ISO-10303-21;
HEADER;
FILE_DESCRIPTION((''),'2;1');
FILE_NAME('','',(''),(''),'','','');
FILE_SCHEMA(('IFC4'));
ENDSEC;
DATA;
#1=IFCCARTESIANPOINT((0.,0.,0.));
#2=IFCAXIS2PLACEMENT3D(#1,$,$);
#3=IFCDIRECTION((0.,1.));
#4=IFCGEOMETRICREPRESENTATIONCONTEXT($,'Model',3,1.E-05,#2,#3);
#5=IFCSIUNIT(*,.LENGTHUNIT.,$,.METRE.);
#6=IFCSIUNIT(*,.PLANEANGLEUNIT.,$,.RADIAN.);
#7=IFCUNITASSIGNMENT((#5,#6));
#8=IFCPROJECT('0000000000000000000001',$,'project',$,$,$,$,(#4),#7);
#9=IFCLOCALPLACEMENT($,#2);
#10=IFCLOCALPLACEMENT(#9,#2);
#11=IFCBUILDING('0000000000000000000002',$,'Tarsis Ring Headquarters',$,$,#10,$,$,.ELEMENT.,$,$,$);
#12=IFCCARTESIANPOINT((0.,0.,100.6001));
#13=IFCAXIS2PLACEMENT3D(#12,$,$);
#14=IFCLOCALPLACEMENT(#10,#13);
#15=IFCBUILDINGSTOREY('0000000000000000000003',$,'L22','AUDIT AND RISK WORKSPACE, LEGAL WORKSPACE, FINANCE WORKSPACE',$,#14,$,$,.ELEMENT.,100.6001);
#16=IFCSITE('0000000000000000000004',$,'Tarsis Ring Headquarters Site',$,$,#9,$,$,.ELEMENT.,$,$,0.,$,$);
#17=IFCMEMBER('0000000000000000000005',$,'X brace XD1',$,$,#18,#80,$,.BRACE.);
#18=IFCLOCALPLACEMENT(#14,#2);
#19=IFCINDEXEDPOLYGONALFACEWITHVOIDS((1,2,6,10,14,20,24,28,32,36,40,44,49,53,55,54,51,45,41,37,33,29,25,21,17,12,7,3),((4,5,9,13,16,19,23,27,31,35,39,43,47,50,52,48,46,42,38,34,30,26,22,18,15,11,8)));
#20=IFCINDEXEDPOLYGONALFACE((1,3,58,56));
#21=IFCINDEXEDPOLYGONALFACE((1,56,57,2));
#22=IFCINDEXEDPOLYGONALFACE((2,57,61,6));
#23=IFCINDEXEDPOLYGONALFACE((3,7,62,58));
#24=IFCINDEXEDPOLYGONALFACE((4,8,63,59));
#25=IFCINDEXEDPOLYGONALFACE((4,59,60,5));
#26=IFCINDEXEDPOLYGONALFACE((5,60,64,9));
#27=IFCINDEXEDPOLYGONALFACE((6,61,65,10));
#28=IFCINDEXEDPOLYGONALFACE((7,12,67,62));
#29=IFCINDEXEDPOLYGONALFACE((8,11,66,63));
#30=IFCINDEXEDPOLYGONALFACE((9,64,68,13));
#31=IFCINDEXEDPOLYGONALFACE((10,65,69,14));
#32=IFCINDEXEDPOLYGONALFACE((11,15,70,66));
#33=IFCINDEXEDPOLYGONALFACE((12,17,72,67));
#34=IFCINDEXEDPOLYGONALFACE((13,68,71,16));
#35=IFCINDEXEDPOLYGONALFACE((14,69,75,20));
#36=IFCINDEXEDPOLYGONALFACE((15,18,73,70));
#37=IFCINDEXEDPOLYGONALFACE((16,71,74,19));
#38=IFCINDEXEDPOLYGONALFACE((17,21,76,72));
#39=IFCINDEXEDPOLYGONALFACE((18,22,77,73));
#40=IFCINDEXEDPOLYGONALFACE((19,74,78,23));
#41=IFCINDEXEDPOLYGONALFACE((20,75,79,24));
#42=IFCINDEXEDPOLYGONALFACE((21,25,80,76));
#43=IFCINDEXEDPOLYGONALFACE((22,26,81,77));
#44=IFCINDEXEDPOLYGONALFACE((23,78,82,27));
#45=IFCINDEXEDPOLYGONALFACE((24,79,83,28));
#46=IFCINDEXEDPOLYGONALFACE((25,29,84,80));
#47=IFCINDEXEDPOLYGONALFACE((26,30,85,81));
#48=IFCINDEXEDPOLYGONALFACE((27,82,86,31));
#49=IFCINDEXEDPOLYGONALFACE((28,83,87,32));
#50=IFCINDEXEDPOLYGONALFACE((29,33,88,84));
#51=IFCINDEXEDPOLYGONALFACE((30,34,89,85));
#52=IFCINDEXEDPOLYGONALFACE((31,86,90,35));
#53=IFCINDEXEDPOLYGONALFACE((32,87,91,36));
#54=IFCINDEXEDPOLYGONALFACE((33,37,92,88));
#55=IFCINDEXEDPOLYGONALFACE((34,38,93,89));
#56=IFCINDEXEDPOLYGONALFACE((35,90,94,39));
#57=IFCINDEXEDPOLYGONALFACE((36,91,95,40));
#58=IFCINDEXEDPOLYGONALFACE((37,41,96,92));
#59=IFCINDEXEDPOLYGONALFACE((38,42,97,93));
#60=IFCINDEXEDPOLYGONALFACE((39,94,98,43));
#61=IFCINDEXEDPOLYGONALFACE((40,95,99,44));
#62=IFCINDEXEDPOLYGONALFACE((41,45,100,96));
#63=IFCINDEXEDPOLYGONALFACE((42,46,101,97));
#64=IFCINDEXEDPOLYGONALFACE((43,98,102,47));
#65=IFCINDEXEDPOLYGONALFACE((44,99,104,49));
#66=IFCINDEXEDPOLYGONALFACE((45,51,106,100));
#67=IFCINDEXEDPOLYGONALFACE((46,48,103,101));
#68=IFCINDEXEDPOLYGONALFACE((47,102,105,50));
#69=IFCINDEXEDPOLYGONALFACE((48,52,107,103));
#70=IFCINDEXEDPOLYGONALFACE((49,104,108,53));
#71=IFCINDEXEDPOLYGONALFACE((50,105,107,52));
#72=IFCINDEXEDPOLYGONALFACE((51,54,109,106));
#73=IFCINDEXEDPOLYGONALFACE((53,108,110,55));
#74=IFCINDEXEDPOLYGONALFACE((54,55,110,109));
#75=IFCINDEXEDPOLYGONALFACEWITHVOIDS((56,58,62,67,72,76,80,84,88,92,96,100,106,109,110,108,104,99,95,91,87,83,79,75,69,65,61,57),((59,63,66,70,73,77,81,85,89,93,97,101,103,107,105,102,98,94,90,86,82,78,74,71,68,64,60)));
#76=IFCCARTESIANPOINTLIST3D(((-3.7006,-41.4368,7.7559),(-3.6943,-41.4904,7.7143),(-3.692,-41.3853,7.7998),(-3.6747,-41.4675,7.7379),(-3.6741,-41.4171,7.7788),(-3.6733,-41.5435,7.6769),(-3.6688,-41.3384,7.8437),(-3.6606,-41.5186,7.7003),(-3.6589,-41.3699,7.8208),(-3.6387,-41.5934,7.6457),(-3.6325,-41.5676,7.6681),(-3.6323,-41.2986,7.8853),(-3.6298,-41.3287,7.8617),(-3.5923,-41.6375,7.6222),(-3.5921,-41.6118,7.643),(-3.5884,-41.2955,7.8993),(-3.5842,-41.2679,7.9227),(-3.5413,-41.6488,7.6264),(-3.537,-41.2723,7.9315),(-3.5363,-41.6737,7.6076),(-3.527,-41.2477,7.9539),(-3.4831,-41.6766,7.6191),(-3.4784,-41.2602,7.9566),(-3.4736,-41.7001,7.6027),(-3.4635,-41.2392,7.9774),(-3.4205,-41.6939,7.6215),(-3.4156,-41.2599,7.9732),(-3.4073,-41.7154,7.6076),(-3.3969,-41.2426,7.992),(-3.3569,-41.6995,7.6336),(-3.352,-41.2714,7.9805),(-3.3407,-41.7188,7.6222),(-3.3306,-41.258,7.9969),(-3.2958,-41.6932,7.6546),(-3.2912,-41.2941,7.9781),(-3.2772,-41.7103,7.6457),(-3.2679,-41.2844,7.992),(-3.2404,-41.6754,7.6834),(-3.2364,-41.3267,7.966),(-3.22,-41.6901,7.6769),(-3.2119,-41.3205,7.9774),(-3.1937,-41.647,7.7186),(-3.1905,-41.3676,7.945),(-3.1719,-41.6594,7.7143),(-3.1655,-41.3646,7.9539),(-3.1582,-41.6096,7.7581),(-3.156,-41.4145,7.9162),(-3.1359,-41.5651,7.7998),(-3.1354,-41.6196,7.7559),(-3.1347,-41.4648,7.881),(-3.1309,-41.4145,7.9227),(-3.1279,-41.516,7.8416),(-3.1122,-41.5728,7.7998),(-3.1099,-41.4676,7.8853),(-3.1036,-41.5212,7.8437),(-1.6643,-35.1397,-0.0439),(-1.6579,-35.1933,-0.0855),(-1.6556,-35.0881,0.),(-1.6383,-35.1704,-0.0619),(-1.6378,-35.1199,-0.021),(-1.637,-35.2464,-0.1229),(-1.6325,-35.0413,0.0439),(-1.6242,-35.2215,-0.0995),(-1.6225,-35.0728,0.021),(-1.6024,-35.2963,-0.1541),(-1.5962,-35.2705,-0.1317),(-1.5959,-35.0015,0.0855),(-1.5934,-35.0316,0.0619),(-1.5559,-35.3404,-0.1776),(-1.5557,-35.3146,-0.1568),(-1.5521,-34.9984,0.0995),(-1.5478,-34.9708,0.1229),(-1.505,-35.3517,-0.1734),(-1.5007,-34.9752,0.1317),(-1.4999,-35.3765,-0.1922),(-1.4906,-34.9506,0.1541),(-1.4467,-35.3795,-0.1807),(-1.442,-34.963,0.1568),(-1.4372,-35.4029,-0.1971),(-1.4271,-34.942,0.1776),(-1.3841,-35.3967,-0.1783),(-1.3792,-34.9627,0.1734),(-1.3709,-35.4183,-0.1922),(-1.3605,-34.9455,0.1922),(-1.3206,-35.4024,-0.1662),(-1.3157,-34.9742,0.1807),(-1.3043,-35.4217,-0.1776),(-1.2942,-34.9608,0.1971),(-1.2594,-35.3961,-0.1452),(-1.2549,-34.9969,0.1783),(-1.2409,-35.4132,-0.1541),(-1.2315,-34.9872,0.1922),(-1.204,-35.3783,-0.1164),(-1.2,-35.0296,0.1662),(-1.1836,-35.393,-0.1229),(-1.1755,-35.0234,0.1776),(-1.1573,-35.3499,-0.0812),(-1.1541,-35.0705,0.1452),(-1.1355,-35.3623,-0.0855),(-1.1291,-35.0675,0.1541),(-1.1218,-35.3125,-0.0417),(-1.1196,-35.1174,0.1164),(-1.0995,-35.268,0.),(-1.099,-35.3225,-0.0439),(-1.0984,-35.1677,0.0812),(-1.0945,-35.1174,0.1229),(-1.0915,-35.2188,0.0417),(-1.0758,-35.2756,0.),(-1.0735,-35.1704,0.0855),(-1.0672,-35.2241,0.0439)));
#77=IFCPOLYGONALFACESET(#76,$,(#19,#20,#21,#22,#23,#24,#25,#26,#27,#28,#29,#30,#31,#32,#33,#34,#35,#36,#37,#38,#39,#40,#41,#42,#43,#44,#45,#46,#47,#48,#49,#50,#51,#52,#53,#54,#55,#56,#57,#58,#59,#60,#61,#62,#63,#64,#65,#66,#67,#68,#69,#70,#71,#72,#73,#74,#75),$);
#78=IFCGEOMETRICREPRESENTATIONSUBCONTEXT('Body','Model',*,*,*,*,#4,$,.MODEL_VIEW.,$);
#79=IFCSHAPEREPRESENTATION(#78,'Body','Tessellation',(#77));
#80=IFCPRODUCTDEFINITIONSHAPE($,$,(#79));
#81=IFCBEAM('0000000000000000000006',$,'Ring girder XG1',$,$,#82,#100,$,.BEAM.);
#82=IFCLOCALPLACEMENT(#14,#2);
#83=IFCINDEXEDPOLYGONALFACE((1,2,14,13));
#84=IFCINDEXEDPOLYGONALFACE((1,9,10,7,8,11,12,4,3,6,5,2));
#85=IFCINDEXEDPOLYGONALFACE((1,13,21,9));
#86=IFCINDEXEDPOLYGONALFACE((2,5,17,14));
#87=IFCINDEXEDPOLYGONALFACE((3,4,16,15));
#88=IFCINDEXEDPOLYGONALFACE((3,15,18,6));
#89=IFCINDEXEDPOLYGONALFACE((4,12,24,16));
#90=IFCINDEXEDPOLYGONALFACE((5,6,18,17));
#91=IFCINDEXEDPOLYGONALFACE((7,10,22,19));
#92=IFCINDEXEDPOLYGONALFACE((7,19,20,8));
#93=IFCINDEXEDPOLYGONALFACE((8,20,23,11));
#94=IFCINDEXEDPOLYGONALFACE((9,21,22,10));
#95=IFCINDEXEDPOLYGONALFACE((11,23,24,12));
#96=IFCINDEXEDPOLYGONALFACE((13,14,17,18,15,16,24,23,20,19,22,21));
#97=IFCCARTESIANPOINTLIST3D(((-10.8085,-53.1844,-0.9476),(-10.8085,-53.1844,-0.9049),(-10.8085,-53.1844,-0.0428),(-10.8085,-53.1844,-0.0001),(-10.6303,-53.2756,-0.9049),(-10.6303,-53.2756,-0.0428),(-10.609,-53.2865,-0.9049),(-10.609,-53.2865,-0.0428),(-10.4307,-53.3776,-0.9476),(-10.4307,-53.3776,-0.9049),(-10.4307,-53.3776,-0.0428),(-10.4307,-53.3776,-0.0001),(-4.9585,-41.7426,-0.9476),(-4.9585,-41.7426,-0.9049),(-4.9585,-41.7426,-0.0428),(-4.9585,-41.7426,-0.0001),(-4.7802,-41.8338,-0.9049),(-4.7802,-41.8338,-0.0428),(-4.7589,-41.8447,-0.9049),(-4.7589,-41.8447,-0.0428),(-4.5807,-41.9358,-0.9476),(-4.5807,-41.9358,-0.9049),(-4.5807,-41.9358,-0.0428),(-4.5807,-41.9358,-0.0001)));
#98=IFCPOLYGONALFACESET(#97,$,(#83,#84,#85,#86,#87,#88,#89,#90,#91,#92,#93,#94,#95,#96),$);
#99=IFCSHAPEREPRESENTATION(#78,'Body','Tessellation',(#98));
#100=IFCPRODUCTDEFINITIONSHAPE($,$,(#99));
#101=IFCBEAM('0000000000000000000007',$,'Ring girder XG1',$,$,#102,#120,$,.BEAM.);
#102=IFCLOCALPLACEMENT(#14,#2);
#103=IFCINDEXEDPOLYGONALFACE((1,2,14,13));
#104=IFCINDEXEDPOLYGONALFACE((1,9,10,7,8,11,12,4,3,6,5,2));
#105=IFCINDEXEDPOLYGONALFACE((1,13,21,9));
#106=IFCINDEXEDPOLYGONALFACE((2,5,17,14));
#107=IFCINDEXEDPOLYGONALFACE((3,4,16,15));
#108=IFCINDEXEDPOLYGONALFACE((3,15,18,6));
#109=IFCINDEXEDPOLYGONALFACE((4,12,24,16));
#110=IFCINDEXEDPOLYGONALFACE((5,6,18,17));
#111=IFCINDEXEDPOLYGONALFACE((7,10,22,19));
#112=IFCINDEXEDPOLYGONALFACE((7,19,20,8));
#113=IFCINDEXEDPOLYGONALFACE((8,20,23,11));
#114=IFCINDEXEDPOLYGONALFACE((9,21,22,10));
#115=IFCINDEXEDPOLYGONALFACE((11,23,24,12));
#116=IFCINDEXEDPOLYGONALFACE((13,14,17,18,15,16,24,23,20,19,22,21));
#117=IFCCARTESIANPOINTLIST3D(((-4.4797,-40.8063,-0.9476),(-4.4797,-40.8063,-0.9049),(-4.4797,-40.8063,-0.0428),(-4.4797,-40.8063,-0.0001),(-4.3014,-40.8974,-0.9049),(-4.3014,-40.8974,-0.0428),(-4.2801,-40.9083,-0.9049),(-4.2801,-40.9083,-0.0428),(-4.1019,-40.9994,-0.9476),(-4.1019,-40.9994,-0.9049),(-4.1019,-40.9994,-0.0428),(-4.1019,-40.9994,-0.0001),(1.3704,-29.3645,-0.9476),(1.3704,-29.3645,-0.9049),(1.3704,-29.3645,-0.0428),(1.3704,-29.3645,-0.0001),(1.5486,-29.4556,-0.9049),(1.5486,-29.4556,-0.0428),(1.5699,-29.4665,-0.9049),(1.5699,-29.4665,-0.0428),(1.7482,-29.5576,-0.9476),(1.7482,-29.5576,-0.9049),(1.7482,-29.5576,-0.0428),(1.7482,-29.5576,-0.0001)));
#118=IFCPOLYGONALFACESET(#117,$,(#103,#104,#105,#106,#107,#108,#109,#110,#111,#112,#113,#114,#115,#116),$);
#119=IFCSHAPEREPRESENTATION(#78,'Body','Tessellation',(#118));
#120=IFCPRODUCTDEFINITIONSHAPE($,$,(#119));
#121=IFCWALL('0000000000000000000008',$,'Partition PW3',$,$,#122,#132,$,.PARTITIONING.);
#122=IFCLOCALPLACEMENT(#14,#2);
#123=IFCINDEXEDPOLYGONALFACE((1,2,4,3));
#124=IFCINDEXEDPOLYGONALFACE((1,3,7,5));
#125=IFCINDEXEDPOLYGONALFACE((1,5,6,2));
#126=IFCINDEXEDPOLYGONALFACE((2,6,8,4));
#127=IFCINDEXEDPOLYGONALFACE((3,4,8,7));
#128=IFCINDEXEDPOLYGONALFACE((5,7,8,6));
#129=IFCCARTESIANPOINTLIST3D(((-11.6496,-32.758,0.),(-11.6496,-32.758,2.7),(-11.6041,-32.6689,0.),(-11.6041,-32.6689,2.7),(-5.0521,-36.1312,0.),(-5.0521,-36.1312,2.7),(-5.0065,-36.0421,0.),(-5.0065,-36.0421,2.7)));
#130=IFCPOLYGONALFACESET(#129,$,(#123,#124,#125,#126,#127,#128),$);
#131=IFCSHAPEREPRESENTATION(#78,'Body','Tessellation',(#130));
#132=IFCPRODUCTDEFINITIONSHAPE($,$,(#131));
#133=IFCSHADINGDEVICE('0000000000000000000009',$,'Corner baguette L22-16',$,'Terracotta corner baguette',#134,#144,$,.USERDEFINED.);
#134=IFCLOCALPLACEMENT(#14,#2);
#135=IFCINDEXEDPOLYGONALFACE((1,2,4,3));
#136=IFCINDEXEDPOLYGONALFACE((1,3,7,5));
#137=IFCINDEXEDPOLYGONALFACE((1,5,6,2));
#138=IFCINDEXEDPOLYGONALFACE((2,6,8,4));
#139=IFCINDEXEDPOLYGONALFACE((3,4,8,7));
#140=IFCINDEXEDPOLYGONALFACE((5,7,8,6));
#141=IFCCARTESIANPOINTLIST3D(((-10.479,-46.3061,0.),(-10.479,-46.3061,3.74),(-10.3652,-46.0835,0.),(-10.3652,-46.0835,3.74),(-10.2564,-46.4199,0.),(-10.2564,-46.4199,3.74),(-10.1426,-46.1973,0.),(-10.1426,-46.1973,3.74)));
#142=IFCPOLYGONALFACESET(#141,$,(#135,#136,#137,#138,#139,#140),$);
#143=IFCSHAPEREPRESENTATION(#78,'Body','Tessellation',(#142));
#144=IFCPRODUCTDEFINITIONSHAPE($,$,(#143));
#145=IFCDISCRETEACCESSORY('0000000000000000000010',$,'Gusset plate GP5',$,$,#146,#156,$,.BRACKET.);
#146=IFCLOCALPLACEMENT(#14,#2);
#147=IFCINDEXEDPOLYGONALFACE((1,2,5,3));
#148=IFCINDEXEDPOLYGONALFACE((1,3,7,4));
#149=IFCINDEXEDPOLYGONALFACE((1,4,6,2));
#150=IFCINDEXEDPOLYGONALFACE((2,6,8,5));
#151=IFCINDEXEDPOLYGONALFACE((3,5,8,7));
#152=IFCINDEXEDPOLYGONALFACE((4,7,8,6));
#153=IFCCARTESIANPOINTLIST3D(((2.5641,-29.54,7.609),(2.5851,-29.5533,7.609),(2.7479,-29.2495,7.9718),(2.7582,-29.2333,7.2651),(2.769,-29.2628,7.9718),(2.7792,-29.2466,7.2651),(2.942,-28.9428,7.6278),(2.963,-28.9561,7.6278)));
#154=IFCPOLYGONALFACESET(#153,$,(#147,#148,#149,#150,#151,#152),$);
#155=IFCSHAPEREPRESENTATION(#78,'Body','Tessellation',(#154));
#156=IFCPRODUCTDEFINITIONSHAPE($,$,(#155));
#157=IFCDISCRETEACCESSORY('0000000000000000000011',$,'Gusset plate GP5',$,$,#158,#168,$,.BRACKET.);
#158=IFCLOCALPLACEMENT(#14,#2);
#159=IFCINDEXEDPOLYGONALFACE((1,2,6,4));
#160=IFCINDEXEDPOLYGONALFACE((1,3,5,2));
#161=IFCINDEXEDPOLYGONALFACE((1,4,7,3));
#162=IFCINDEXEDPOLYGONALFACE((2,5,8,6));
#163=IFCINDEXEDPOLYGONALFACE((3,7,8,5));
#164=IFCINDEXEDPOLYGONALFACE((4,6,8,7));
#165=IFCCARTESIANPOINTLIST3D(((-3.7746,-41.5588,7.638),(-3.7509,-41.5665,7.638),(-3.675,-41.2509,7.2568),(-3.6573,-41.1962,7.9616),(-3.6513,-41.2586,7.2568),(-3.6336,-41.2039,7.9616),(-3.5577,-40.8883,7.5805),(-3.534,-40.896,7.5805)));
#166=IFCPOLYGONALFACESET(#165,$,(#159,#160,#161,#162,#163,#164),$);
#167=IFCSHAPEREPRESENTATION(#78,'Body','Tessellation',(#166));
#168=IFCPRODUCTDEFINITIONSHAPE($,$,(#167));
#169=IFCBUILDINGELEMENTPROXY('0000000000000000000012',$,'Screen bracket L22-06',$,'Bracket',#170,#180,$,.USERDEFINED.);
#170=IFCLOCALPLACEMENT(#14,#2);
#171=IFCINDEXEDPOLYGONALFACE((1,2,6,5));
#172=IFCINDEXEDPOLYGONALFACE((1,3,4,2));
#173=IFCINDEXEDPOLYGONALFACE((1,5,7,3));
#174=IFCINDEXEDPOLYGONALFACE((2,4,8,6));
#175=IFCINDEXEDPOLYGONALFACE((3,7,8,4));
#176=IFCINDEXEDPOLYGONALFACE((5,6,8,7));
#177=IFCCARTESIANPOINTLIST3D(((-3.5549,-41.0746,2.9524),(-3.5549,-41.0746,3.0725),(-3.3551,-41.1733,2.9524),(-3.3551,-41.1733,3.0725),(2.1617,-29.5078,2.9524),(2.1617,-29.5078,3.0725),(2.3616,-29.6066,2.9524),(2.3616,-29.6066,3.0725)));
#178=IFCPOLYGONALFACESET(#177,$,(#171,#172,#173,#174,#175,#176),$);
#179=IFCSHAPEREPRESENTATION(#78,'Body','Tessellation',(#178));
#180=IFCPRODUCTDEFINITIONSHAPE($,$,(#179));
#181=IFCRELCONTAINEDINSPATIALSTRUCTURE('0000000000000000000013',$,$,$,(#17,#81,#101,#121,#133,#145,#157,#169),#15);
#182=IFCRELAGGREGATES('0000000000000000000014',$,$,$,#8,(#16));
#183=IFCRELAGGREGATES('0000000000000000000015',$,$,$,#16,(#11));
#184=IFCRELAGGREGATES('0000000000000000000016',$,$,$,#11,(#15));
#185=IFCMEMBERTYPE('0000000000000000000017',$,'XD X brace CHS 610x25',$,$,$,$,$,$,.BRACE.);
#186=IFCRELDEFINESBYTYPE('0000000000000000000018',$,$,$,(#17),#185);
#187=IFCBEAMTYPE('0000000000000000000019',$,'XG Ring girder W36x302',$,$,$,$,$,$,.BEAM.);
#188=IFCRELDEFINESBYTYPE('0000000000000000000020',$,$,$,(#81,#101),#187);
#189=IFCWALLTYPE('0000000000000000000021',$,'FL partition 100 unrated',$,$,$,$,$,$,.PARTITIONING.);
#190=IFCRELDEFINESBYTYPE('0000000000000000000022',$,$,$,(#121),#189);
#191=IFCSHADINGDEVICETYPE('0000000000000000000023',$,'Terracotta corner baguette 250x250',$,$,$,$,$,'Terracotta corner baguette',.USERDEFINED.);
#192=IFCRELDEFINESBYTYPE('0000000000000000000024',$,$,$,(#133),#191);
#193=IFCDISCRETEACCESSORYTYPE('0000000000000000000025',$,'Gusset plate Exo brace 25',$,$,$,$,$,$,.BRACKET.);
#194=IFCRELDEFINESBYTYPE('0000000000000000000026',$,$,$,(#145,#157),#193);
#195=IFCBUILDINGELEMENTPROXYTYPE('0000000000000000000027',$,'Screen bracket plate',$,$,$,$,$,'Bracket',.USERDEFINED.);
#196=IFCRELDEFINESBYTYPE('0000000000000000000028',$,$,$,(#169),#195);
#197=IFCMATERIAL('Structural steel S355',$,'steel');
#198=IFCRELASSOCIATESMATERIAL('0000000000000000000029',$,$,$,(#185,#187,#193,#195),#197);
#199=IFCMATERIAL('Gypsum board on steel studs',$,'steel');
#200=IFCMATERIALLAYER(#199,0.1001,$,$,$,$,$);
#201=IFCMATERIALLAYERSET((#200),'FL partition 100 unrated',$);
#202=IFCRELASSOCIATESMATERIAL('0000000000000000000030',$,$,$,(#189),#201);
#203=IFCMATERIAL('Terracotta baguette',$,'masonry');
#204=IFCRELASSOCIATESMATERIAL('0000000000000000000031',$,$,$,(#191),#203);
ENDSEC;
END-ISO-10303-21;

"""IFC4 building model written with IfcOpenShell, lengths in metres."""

from ifc_helpers import new_model, si_unit, direction, frame, frame_2d, origin, origin_2d, place, context, subcontext, project, spatial, rectangle, hollow_circle, i_section, extrude, material, layer, layer_set, material_profile, profile_set, type_object, element, save


model = new_model("IFC4")

# Units and contexts
model_context = context("Model", 3, precision=1e-05, world=origin(), true_north=direction((0.0, 1.0)))
body_context = subcontext(model_context, "Body", "Model", "MODEL_VIEW")
ifc_project = project(units=[si_unit("LENGTHUNIT", "METRE"), si_unit("PLANEANGLEUNIT", "RADIAN")], contexts=[model_context])

# Site, building, storey
site_placement = place(None, origin())
site = spatial("IfcSite", under=ifc_project, at=site_placement, Name="Tarsis Ring Headquarters Site", CompositionType="ELEMENT", RefElevation=0.0)
building_placement = place(site_placement, origin())
building = spatial("IfcBuilding", under=site, at=building_placement, Name="Tarsis Ring Headquarters", CompositionType="ELEMENT")
storey_placement = place(building_placement, frame((0.0, 0.0, 100.6001)))
storey = spatial("IfcBuildingStorey", under=building, at=storey_placement, Name="L22", Description="AUDIT AND RISK WORKSPACE, LEGAL WORKSPACE, FINANCE WORKSPACE", CompositionType="ELEMENT", Elevation=100.6001)

# Shared definitions
ifc_material_1 = material(Name="Structural steel S355", Category="steel")

# Member
ifc_material_profile_1 = material_profile(ifc_material_1, hollow_circle(Radius=0.3047, WallThickness=0.0249, at=origin_2d()), Name="CHS 610x25")
ifc_profile_set_1 = profile_set([ifc_material_profile_1], Name="Structural steel S355")
member_type = type_object("IfcMemberType", Name="XD X brace CHS 610x25", PredefinedType="BRACE", material=ifc_profile_set_1)
member_1_placement = place(storey_placement, frame((-1.3657, -35.1819, 0.0), z_axis=(-0.199074, -0.615599, 0.7625), x_axis=(0.951486, -0.307694, 0.0)))
element("IfcMember", 1, at=member_1_placement, inside=storey, type_object=member_type, Name="X brace XD1", PredefinedType="BRACE", context=body_context, shape_type="SweptSolid", body=[
    extrude(hollow_circle(Radius=0.3047, WallThickness=0.0249, at=origin_2d()), origin(), (0.0, 0.0, 1.0), 10.2292),
])

# Beams
ifc_material_profile_2 = material_profile(ifc_material_1, i_section(OverallWidth=0.4243, OverallDepth=0.9475, WebThickness=0.0239, FlangeThickness=0.0427, at=origin_2d()), Name="W36x302")
ifc_profile_set_2 = profile_set([ifc_material_profile_2], Name="Structural steel S355")
beam_type = type_object("IfcBeamType", Name="XG Ring girder W36x302", PredefinedType="BEAM", material=ifc_profile_set_2)
for number, where, z_axis, x_axis, name in (
    (2, (-10.6196, -53.281, -0.4739), (0.455236, 0.890371, 0.0), (-0.890371, 0.455236, 0.0), "Ring girder XG1"),
    (3, (-4.2908, -40.9028, -0.4739), (0.455236, 0.890371, 0.0), (-0.890371, 0.455236, 0.0), "Ring girder XG1"),
):
    element("IfcBeam", number, at=place(storey_placement, frame(where, z_axis=z_axis, x_axis=x_axis)), inside=storey, type_object=beam_type, Name=name, PredefinedType="BEAM", context=body_context, shape_type="SweptSolid", body=[
        extrude(i_section(OverallWidth=0.4243, OverallDepth=0.9475, WebThickness=0.0239, FlangeThickness=0.0427, at=origin_2d()), origin(), (0.0, 0.0, 1.0), 12.8506),
    ])

# Wall
ifc_material_2 = material(Name="Gypsum board on steel studs", Category="steel")
ifc_layer_1 = layer(ifc_material_2, 0.1001)
ifc_layer_set_1 = layer_set([ifc_layer_1], Name="FL partition 100 unrated")
wall_type_1 = type_object("IfcWallType", Name="FL partition 100 unrated", PredefinedType="PARTITIONING", material=ifc_layer_set_1)
wall_1_placement = place(storey_placement, frame((-11.627, -32.7134, 0.0), z_axis=(0.0, 0.0, 1.0), x_axis=(0.890371, -0.455235, 0.0)))
element("IfcWall", 4, at=wall_1_placement, inside=storey, type_object=wall_type_1, Name="Partition PW3", PredefinedType="PARTITIONING", context=body_context, shape_type="SweptSolid", body=[
    extrude(rectangle(XDim=7.4099, YDim=0.1001, at=frame_2d((3.7051, 0.0))), origin(), (0.0, 0.0, 1.0), 2.7),
])

# Shading device
ifc_material_3 = material(Name="Terracotta baguette", Category="masonry")
shading_device_type_1 = type_object("IfcShadingDeviceType", Name="Terracotta corner baguette 250x250", ElementType="Terracotta corner baguette", PredefinedType="USERDEFINED", material=ifc_material_3)
shading_device_1_placement = place(storey_placement, frame((-10.3108, -46.2517, 0.0), z_axis=(0.0, 0.0, 1.0), x_axis=(0.890372, -0.455235, 0.0)))
element("IfcShadingDevice", 5, at=shading_device_1_placement, inside=storey, type_object=shading_device_type_1, Name="Corner baguette L22-16", ObjectType="Terracotta corner baguette", PredefinedType="USERDEFINED", context=body_context, shape_type="SweptSolid", body=[
    extrude(rectangle(XDim=0.25, YDim=0.25, at=origin_2d()), origin(), (0.0, 0.0, 1.0), 3.74),
])

# Discrete accessories
ifc_material_profile_3 = material_profile(ifc_material_1, rectangle(XDim=0.0249, YDim=0.5, at=origin_2d()), Name="PL 25x500")
ifc_profile_set_3 = profile_set([ifc_material_profile_3], Name="Structural steel S355")
discrete_accessory_type = type_object("IfcDiscreteAccessoryType", Name="Gusset plate Exo brace 25", PredefinedType="BRACKET", material=ifc_profile_set_3)
discrete_accessory_1_placement = place(storey_placement, frame((2.8555, -29.1028, 7.7998), z_axis=(-0.367807, -0.581263, -0.725845), x_axis=(0.845033, -0.534714, 0.0)))
element("IfcDiscreteAccessory", 6, at=discrete_accessory_1_placement, inside=storey, type_object=discrete_accessory_type, Name="Gusset plate GP5", PredefinedType="BRACKET", context=body_context, shape_type="SweptSolid", body=[
    extrude(rectangle(XDim=0.0249, YDim=0.5, at=origin_2d()), origin(), (0.0, 0.0, 1.0), 0.4998),
])
discrete_accessory_2_placement = place(storey_placement, frame((-3.7041, -41.3813, 7.7998), z_axis=(0.199242, 0.615796, -0.762298), x_axis=(-0.951438, 0.30784, 0.0)))
element("IfcDiscreteAccessory", 7, at=discrete_accessory_2_placement, inside=storey, type_object=discrete_accessory_type, Name="Gusset plate GP5", PredefinedType="BRACKET", context=body_context, shape_type="SweptSolid", body=[
    extrude(rectangle(XDim=0.0249, YDim=0.5, at=origin_2d()), origin(), (0.0, 0.0, 1.0), 0.5),
])

# Building element proxy
building_element_proxy_type_1 = type_object("IfcBuildingElementProxyType", Name="Screen bracket plate", ElementType="Bracket", PredefinedType="USERDEFINED", material=ifc_material_1)
proxy_placement = place(storey_placement, frame((-0.5967, -35.3406, 2.9524), z_axis=(0.0, 0.0, 1.0), x_axis=(0.443071, 0.896486, 0.0)))
element("IfcBuildingElementProxy", 8, at=proxy_placement, inside=storey, type_object=building_element_proxy_type_1, Name="Screen bracket L22-06", ObjectType="Bracket", PredefinedType="USERDEFINED", context=body_context, shape_type="SweptSolid", body=[
    extrude(rectangle(XDim=12.9023, YDim=0.2229, at=origin_2d()), origin(), (0.0, 0.0, 1.0), 0.1201),
])

save(model, "model.ifc")
